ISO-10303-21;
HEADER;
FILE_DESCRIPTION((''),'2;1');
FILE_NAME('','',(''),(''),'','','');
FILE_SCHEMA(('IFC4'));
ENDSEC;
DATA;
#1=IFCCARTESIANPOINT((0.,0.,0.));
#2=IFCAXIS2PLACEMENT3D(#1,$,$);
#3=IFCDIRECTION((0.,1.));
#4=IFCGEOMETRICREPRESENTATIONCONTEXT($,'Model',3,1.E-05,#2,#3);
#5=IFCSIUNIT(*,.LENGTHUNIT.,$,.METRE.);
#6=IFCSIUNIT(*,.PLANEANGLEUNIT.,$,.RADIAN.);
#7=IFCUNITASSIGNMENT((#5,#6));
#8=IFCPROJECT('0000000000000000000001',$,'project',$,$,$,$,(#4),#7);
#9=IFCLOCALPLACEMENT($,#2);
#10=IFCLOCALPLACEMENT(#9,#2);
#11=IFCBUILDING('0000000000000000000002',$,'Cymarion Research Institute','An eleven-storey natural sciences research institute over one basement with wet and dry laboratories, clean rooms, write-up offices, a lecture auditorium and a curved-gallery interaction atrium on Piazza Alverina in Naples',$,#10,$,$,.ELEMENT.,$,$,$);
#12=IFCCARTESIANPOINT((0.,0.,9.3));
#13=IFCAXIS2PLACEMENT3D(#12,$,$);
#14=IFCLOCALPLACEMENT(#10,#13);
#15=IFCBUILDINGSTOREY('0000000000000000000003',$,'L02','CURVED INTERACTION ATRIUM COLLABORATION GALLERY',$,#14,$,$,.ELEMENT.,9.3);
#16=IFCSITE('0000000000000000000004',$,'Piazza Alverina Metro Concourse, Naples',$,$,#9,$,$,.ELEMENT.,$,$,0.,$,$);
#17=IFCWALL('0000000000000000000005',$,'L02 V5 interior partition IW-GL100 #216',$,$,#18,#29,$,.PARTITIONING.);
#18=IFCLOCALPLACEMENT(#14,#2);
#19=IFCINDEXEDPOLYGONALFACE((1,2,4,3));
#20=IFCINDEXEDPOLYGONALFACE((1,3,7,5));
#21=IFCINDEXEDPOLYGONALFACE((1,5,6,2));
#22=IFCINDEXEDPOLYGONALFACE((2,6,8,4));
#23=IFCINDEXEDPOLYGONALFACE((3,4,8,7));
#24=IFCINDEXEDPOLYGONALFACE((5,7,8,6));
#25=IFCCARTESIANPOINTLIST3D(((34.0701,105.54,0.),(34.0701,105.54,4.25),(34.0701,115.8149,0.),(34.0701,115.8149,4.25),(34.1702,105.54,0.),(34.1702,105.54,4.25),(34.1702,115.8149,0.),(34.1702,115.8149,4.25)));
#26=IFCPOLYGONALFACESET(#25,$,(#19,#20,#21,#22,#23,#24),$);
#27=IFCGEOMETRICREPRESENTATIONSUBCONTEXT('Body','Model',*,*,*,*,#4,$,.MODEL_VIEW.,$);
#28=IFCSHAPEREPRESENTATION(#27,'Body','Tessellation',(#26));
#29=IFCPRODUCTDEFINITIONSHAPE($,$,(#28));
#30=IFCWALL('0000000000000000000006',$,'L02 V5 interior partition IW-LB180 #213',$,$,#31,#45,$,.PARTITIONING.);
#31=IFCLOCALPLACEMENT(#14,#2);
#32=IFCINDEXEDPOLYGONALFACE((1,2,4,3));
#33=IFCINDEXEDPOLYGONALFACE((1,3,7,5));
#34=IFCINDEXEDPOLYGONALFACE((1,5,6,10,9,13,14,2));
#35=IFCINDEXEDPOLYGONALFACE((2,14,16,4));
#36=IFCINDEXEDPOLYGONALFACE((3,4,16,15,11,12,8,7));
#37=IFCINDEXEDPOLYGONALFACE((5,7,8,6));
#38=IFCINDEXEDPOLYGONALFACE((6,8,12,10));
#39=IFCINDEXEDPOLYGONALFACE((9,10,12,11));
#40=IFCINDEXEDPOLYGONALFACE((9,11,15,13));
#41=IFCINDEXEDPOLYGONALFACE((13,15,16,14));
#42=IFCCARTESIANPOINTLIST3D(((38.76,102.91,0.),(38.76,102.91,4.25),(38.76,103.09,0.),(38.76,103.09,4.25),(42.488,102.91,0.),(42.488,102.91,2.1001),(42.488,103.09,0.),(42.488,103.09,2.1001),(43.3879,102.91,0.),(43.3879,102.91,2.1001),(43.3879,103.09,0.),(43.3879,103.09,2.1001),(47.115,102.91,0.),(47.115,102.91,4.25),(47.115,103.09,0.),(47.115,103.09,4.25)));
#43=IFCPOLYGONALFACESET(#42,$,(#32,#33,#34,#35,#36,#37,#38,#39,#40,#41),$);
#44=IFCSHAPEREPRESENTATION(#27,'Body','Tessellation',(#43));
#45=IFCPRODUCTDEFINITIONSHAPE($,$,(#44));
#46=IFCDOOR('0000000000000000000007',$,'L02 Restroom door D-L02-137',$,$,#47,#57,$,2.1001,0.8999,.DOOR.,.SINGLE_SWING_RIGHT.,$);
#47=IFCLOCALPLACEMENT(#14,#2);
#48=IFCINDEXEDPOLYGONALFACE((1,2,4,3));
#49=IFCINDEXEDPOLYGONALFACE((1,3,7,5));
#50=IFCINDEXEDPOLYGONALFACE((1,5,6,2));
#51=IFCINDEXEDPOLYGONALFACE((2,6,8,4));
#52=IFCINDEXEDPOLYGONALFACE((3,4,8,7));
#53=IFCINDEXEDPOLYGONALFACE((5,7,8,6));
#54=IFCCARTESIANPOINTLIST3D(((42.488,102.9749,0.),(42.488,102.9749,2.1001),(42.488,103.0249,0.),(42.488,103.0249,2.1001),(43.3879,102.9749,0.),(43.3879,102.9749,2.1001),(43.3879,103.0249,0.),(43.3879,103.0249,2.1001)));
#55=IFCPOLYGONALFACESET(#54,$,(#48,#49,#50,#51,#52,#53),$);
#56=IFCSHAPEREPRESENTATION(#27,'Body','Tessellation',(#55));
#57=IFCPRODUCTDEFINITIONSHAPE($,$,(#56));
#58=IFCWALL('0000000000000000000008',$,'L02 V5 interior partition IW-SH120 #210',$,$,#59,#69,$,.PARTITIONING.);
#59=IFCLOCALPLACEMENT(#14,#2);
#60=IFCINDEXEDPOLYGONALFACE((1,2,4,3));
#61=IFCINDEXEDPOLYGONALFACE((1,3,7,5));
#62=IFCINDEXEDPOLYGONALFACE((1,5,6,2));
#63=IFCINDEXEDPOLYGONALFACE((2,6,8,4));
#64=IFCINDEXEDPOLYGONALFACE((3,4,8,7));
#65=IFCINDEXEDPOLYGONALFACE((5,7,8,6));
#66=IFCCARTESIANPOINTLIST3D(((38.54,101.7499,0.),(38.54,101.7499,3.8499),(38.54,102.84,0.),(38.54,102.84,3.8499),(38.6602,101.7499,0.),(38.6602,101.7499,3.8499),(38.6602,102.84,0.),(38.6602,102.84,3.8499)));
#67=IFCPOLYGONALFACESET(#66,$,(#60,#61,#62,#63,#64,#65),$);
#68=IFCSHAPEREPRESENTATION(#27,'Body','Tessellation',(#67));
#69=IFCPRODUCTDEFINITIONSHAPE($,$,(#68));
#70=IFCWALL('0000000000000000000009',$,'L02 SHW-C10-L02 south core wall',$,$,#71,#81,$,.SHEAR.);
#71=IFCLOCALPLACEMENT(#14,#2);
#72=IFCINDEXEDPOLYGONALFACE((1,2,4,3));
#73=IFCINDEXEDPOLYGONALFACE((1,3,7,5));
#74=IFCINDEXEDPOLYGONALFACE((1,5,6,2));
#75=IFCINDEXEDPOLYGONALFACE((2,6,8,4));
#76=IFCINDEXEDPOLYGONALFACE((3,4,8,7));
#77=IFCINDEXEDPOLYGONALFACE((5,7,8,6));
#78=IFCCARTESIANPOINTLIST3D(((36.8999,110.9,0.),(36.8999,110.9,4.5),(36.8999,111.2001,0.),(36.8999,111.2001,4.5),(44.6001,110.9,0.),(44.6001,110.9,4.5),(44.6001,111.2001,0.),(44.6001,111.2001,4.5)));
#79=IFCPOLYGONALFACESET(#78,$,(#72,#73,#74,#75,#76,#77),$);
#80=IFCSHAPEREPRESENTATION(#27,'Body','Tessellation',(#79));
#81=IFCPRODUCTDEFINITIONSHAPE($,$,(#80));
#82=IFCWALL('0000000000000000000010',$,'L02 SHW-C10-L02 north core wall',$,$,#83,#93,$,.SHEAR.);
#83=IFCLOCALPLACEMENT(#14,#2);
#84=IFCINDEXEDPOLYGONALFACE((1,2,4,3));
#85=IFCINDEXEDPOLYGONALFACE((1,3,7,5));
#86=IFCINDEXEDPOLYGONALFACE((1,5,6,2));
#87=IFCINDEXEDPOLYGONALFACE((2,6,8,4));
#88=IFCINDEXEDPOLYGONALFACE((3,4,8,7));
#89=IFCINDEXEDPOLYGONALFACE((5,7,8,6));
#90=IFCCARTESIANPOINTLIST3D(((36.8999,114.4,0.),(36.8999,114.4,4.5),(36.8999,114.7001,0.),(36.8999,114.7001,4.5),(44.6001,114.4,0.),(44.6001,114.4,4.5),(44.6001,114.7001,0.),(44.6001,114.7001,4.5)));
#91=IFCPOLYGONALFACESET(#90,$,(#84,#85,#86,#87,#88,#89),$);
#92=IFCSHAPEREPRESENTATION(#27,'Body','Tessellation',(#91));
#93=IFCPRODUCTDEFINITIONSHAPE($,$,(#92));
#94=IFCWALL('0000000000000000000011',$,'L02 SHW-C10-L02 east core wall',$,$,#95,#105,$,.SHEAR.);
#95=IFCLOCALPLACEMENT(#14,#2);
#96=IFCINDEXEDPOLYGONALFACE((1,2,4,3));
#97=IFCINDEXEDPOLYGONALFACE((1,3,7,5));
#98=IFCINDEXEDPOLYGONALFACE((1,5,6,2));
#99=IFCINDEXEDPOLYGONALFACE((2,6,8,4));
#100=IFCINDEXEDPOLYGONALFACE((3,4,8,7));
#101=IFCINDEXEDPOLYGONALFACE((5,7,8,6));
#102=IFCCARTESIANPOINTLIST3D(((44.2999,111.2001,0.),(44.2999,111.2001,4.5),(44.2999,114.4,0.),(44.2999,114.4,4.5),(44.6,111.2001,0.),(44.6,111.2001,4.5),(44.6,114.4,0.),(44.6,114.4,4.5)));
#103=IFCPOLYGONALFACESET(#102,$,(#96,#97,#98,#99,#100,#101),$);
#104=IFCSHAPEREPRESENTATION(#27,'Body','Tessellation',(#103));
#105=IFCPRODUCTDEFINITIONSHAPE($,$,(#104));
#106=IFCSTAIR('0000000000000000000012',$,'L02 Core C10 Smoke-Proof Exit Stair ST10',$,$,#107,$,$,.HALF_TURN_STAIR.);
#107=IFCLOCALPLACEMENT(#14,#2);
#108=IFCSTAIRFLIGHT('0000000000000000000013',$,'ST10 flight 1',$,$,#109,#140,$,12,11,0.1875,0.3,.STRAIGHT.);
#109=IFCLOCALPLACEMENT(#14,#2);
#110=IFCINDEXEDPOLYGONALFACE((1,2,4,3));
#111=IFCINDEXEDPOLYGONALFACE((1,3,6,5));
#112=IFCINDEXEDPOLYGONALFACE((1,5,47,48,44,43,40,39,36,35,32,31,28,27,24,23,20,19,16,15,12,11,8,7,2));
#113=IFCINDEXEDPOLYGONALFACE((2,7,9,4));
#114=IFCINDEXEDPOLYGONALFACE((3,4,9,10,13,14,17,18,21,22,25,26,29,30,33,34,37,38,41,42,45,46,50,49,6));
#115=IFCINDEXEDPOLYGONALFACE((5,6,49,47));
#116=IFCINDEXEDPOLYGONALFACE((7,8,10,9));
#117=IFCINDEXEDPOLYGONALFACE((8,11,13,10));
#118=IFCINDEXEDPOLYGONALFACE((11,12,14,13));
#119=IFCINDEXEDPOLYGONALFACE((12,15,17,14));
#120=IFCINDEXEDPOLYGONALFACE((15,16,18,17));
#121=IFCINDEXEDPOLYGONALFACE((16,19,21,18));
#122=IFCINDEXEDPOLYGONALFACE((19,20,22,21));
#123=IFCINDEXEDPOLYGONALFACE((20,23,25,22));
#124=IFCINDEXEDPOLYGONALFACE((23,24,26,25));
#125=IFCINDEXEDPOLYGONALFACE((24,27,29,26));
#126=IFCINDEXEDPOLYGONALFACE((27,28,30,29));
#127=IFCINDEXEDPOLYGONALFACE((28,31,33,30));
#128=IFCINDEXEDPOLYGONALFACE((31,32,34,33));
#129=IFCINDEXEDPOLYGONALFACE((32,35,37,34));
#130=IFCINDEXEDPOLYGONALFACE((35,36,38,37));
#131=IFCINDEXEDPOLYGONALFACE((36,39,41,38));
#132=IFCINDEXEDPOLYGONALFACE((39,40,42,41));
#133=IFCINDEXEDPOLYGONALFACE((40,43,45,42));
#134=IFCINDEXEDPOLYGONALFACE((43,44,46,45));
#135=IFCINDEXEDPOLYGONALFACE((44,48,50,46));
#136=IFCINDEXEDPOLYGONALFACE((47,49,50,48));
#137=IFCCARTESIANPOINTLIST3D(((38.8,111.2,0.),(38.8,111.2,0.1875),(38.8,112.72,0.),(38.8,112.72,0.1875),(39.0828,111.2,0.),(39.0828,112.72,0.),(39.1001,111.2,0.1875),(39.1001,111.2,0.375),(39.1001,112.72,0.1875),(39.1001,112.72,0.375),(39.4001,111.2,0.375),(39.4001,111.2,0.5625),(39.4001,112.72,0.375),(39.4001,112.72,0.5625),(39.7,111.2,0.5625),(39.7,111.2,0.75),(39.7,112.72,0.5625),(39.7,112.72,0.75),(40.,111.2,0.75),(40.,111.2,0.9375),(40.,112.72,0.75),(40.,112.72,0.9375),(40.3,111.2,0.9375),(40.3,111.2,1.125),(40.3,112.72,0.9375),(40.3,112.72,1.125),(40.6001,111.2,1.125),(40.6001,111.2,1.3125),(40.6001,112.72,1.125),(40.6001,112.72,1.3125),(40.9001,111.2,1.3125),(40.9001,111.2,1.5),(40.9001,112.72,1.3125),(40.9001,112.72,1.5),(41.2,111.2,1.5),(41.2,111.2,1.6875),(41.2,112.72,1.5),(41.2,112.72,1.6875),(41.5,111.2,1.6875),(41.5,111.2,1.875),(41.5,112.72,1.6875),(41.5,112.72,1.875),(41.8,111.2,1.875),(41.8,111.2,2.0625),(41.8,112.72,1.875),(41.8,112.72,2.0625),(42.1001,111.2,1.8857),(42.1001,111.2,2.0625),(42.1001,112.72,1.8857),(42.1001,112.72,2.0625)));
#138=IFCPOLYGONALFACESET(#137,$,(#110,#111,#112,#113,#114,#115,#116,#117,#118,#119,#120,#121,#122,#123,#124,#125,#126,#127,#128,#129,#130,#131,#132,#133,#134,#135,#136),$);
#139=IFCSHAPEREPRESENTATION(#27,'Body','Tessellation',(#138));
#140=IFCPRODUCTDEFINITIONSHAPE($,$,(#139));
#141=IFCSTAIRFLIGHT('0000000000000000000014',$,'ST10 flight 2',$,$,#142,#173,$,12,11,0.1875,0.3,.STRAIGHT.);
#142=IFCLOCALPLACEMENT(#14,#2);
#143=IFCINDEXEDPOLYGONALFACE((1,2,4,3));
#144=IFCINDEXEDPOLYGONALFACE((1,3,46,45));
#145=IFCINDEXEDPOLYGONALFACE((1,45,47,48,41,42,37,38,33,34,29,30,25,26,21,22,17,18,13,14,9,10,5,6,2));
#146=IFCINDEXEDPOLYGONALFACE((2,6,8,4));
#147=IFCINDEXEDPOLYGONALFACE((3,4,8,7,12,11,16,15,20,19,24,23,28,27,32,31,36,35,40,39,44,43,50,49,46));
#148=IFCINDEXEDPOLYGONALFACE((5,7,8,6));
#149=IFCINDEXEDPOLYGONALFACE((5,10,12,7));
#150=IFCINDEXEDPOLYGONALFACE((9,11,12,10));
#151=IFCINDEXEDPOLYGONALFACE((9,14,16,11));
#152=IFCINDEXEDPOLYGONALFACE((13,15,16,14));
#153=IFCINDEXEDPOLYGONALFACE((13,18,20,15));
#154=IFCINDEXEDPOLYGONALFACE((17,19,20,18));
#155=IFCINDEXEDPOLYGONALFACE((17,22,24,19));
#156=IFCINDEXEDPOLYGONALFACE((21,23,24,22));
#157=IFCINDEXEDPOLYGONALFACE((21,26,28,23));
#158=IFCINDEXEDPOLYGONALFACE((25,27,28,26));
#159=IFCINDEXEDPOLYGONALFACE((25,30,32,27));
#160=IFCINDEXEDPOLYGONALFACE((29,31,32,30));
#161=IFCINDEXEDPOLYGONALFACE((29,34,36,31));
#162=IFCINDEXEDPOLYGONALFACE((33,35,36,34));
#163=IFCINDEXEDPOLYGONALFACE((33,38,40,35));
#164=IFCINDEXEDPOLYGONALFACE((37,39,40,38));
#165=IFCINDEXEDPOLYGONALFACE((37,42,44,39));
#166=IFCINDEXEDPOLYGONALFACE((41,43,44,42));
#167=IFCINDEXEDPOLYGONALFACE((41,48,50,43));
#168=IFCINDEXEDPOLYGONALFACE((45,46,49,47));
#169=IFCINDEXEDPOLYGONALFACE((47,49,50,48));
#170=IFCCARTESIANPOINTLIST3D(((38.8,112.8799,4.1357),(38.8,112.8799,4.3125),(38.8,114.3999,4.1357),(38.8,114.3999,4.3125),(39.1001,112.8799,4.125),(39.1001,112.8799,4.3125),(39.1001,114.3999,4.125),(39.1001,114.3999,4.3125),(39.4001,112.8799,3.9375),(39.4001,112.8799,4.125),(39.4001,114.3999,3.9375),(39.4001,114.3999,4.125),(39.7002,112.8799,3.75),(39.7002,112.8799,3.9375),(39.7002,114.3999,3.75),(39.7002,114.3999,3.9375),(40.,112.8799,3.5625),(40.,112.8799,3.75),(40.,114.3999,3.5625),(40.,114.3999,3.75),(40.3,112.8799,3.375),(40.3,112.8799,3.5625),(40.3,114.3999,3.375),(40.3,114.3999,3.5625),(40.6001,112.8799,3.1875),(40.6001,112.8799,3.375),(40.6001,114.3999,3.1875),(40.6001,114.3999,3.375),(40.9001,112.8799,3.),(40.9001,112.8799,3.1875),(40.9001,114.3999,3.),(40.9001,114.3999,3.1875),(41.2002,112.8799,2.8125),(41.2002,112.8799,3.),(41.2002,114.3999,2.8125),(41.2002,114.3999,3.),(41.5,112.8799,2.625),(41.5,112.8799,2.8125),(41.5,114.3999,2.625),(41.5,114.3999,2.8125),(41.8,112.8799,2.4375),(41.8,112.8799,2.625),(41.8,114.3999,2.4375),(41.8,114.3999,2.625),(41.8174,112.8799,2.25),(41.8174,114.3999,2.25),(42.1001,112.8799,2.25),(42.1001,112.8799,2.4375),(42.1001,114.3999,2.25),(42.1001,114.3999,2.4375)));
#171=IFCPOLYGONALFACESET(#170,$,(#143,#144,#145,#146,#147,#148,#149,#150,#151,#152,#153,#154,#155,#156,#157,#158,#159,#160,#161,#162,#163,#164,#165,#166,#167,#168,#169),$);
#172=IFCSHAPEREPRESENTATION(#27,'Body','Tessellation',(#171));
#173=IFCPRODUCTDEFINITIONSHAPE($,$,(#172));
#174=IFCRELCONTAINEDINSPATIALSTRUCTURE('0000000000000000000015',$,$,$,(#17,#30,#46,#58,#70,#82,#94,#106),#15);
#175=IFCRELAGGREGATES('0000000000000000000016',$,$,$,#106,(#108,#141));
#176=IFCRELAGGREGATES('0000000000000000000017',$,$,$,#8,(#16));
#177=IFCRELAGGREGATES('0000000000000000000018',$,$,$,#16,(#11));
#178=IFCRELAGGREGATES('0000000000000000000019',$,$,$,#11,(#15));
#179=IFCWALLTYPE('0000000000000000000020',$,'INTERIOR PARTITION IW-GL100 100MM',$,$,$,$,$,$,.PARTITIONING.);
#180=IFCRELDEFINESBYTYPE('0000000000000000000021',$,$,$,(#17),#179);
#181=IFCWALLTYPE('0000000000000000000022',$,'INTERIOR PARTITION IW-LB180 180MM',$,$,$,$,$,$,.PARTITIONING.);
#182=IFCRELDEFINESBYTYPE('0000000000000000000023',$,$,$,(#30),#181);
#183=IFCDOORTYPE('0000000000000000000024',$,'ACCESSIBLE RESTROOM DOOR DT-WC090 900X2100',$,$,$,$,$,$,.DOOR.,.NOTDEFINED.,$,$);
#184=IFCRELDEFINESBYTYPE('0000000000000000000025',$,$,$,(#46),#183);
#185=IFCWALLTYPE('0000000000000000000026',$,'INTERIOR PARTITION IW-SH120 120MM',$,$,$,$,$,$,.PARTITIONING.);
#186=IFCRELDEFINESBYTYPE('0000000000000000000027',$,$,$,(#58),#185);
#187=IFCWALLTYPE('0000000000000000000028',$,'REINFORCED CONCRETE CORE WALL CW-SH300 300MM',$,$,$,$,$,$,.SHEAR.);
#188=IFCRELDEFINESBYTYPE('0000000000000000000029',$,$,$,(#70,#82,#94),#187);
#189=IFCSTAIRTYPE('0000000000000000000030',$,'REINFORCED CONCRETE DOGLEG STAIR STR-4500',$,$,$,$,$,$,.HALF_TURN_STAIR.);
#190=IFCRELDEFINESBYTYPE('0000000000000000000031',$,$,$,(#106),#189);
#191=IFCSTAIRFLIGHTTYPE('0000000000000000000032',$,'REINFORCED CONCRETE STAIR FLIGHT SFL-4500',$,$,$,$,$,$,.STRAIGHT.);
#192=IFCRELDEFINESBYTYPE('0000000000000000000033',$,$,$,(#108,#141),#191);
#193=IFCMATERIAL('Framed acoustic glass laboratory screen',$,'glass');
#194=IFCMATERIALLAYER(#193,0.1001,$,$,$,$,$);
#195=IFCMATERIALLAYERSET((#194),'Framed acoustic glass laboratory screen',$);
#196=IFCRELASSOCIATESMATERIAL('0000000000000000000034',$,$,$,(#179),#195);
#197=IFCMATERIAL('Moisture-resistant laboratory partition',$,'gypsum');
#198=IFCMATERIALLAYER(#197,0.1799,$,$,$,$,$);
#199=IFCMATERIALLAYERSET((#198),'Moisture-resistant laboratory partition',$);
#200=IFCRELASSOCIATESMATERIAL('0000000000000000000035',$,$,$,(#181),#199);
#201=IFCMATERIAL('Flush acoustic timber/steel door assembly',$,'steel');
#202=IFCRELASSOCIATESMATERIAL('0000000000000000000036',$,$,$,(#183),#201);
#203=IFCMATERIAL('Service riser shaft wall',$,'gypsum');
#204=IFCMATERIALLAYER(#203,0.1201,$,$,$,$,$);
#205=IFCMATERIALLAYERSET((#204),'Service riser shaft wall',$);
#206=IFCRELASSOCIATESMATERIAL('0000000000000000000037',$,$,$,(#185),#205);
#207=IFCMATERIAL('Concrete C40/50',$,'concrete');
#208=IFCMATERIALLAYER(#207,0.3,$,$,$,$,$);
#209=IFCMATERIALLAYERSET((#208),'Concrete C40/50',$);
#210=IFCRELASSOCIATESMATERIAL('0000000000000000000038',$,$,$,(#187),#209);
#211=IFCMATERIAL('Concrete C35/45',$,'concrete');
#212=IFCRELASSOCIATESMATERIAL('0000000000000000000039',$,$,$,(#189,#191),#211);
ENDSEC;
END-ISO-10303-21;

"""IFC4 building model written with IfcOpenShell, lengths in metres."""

from ifc_helpers import new_model, si_unit, direction, frame, frame_2d, origin, place, context, subcontext, project, spatial, polyline, rectangle, outline, extrude, material, layer, layer_set, type_object, element, fill, aggregate, save


model = new_model("IFC4")

# Units and contexts
model_context = context("Model", 3, precision=1e-05, world=origin(), true_north=direction((0.0, 1.0)))
body_context = subcontext(model_context, "Body", "Model", "MODEL_VIEW")
ifc_project = project(units=[si_unit("LENGTHUNIT", "METRE"), si_unit("PLANEANGLEUNIT", "RADIAN")], contexts=[model_context])

# Site, building, storey
site_placement = place(None, origin())
site = spatial("IfcSite", under=ifc_project, at=site_placement, Name="Piazza Alverina Metro Concourse, Naples", CompositionType="ELEMENT", RefElevation=0.0)
building_placement = place(site_placement, origin())
building = spatial("IfcBuilding", under=site, at=building_placement, Name="Cymarion Research Institute", Description="An eleven-storey natural sciences research institute over one basement with wet and dry laboratories, clean rooms, write-up offices, a lecture auditorium and a curved-gallery interaction atrium on Piazza Alverina in Naples", CompositionType="ELEMENT")
storey_placement = place(building_placement, frame((0.0, 0.0, 9.3)))
storey = spatial("IfcBuildingStorey", under=building, at=storey_placement, Name="L02", Description="CURVED INTERACTION ATRIUM COLLABORATION GALLERY", CompositionType="ELEMENT", Elevation=9.3)

# Wall
ifc_material_1 = material(Name="Framed acoustic glass laboratory screen", Category="glass")
ifc_layer_1 = layer(ifc_material_1, 0.1001)
ifc_layer_set_1 = layer_set([ifc_layer_1], Name="Framed acoustic glass laboratory screen")
wall_type_1 = type_object("IfcWallType", Name="INTERIOR PARTITION IW-GL100 100MM", PredefinedType="PARTITIONING", material=ifc_layer_set_1)
wall_1_placement = place(storey_placement, frame((34.1201, 105.54, 0.0), z_axis=(0.0, 0.0, 1.0), x_axis=(0.0, 1.0, 0.0)))
element("IfcWall", 1, at=wall_1_placement, inside=storey, type_object=wall_type_1, Name="L02 V5 interior partition IW-GL100 #216", PredefinedType="PARTITIONING", context=body_context, shape_type="SweptSolid", body=[
    extrude(rectangle(XDim=10.2749, YDim=0.1001, at=frame_2d((5.1375, 0.0))), origin(), (0.0, 0.0, 1.0), 4.25),
])

# Wall, opening, door
ifc_material_2 = material(Name="Moisture-resistant laboratory partition", Category="gypsum")
ifc_layer_2 = layer(ifc_material_2, 0.1799)
ifc_layer_set_2 = layer_set([ifc_layer_2], Name="Moisture-resistant laboratory partition")
wall_type_2 = type_object("IfcWallType", Name="INTERIOR PARTITION IW-LB180 180MM", PredefinedType="PARTITIONING", material=ifc_layer_set_2)
wall_2_placement = place(storey_placement, frame((38.76, 103.0, 0.0), z_axis=(0.0, 0.0, 1.0), x_axis=(1.0, 0.0, 0.0)))
wall_2 = element("IfcWall", 2, at=wall_2_placement, inside=storey, type_object=wall_type_2, Name="L02 V5 interior partition IW-LB180 #213", PredefinedType="PARTITIONING", context=body_context, shape_type="SweptSolid", body=[
    extrude(rectangle(XDim=8.355, YDim=0.1799, at=frame_2d((4.1775, 0.0))), origin(), (0.0, 0.0, 1.0), 4.25),
])
opening_1_placement = place(wall_2_placement, frame((3.728, 0.0, 0.0)))
opening_1 = element("IfcOpeningElement", 3, at=opening_1_placement, cuts=wall_2, PredefinedType="OPENING", context=body_context, shape_type="SweptSolid", body=[
    extrude(rectangle(XDim=0.8999, YDim=2.1001, at=frame_2d((0.45, 1.05))), frame((0.0, 0.0999, 0.0), z_axis=(0.0, -1.0, 0.0), x_axis=(1.0, 0.0, 0.0)), (0.0, 0.0, 1.0), 0.2),
])
ifc_material_3 = material(Name="Flush acoustic timber/steel door assembly", Category="steel")
door_type_1 = type_object("IfcDoorType", Name="ACCESSIBLE RESTROOM DOOR DT-WC090 900X2100", OperationType="NOTDEFINED", PredefinedType="DOOR", material=ifc_material_3)
door_1_placement = place(opening_1_placement, origin())
door_1 = element("IfcDoor", 4, at=door_1_placement, inside=storey, type_object=door_type_1, Name="L02 Restroom door D-L02-137", OperationType="SINGLE_SWING_RIGHT", OverallHeight=2.1001, OverallWidth=0.8999, PredefinedType="DOOR", context=body_context, shape_type="SweptSolid", body=[
    extrude(rectangle(XDim=0.8999, YDim=2.1001, at=frame_2d((0.45, 1.05))), frame((0.0, 0.0249, 0.0), z_axis=(0.0, -1.0, 0.0), x_axis=(1.0, 0.0, 0.0)), (0.0, 0.0, 1.0), 0.05),
])
fill(opening_1, door_1)

# Walls
ifc_material_4 = material(Name="Service riser shaft wall", Category="gypsum")
ifc_layer_3 = layer(ifc_material_4, 0.1201)
ifc_layer_set_3 = layer_set([ifc_layer_3], Name="Service riser shaft wall")
wall_type_3 = type_object("IfcWallType", Name="INTERIOR PARTITION IW-SH120 120MM", PredefinedType="PARTITIONING", material=ifc_layer_set_3)
wall_3_placement = place(storey_placement, frame((38.6001, 101.75, 0.0), z_axis=(0.0, 0.0, 1.0), x_axis=(0.0, 1.0, 0.0)))
element("IfcWall", 5, at=wall_3_placement, inside=storey, type_object=wall_type_3, Name="L02 V5 interior partition IW-SH120 #210", PredefinedType="PARTITIONING", context=body_context, shape_type="SweptSolid", body=[
    extrude(rectangle(XDim=1.0901, YDim=0.1201, at=frame_2d((0.5449, 0.0))), origin(), (0.0, 0.0, 1.0), 3.8499),
])
ifc_material_5 = material(Name="Concrete C40/50", Category="concrete")
ifc_layer_4 = layer(ifc_material_5, 0.3)
ifc_layer_set_4 = layer_set([ifc_layer_4], Name="Concrete C40/50")
wall_type_4 = type_object("IfcWallType", Name="REINFORCED CONCRETE CORE WALL CW-SH300 300MM", PredefinedType="SHEAR", material=ifc_layer_set_4)
for number, where, z_axis, x_axis, name in (
    (6, (36.8999, 111.05, 0.0), (0.0, 0.0, 1.0), (1.0, 0.0, 0.0), "L02 SHW-C10-L02 south core wall"),
    (7, (44.6001, 114.55, 0.0), (0.0, 0.0, 1.0), (-1.0, 0.0, 0.0), "L02 SHW-C10-L02 north core wall"),
):
    element("IfcWall", number, at=place(storey_placement, frame(where, z_axis=z_axis, x_axis=x_axis)), inside=storey, type_object=wall_type_4, Name=name, PredefinedType="SHEAR", context=body_context, shape_type="SweptSolid", body=[
        extrude(rectangle(XDim=7.7002, YDim=0.3, at=frame_2d((3.8501, 0.0))), origin(), (0.0, 0.0, 1.0), 4.5),
    ])

# Wall
wall_4_placement = place(storey_placement, frame((44.45, 111.2, 0.0), z_axis=(0.0, 0.0, 1.0), x_axis=(0.0, 1.0, 0.0)))
element("IfcWall", 8, at=wall_4_placement, inside=storey, type_object=wall_type_4, Name="L02 SHW-C10-L02 east core wall", PredefinedType="SHEAR", context=body_context, shape_type="SweptSolid", body=[
    extrude(rectangle(XDim=3.2, YDim=0.3, at=frame_2d((1.6001, 0.0))), origin(), (0.0, 0.0, 1.0), 4.5),
])

# Stair, stair flights
ifc_material_6 = material(Name="Concrete C35/45", Category="concrete")
stair_type = type_object("IfcStairType", Name="REINFORCED CONCRETE DOGLEG STAIR STR-4500", PredefinedType="HALF_TURN_STAIR", material=ifc_material_6)
stair_placement = place(storey_placement, origin())
stair = element("IfcStair", 9, at=stair_placement, inside=storey, type_object=stair_type, Name="L02 Core C10 Smoke-Proof Exit Stair ST10", PredefinedType="HALF_TURN_STAIR")
stair_flight_type = type_object("IfcStairFlightType", Name="REINFORCED CONCRETE STAIR FLIGHT SFL-4500", PredefinedType="STRAIGHT", material=ifc_material_6)
stair_flight_1_placement = place(storey_placement, frame((38.8, 111.96, 0.0), z_axis=(0.0, 0.0, 1.0), x_axis=(1.0, 0.0, 0.0)))
stair_flight_1 = element("IfcStairFlight", 10, at=stair_flight_1_placement, type_object=stair_flight_type, Name="ST10 flight 1", NumberOfRisers=12, NumberOfTreads=11, PredefinedType="STRAIGHT", RiserHeight=0.1875, TreadLength=0.3, context=body_context, shape_type="SweptSolid", body=[
    extrude(outline(polyline([(0.0, 0.0), (0.0, 0.1875), (0.3, 0.1875), (0.3, 0.375), (0.6001, 0.375), (0.6001, 0.5625), (0.8999, 0.5625), (0.8999, 0.75), (1.2, 0.75), (1.2, 0.9375), (1.5, 0.9375), (1.5, 1.125), (1.8, 1.125), (1.8, 1.3125), (2.1001, 1.3125), (2.1001, 1.5), (2.3999, 1.5), (2.3999, 1.6875), (2.7, 1.6875), (2.7, 1.875), (3.0, 1.875), (3.0, 2.0625), (3.3, 2.0625), (3.3, 2.25), (3.3, 1.8857), (0.2827, 0.0), (0.0, 0.0)])), frame((0.0, 0.76, 0.0), z_axis=(0.0, -1.0, 0.0), x_axis=(1.0, 0.0, 0.0)), (0.0, 0.0, 1.0), 1.52),
])
stair_flight_2_placement = place(storey_placement, frame((42.1001, 113.6399, 2.25), z_axis=(0.0, 0.0, 1.0), x_axis=(-1.0, 0.0, 0.0)))
stair_flight_2 = element("IfcStairFlight", 11, at=stair_flight_2_placement, type_object=stair_flight_type, Name="ST10 flight 2", NumberOfRisers=12, NumberOfTreads=11, PredefinedType="STRAIGHT", RiserHeight=0.1875, TreadLength=0.3, context=body_context, shape_type="SweptSolid", body=[
    extrude(outline(polyline([(0.0, 0.0), (0.0, 0.1875), (0.3, 0.1875), (0.3, 0.375), (0.6001, 0.375), (0.6001, 0.5625), (0.8999, 0.5625), (0.8999, 0.75), (1.2, 0.75), (1.2, 0.9375), (1.5, 0.9375), (1.5, 1.125), (1.8, 1.125), (1.8, 1.3125), (2.1001, 1.3125), (2.1001, 1.5), (2.3999, 1.5), (2.3999, 1.6875), (2.7, 1.6875), (2.7, 1.875), (3.0, 1.875), (3.0, 2.0625), (3.3, 2.0625), (3.3, 2.25), (3.3, 1.8857), (0.2827, 0.0), (0.0, 0.0)])), frame((0.0, 0.76, 0.0), z_axis=(0.0, -1.0, 0.0), x_axis=(1.0, 0.0, 0.0)), (0.0, 0.0, 1.0), 1.52),
])
aggregate(stair, [stair_flight_1, stair_flight_2])

save(model, "model.ifc")
